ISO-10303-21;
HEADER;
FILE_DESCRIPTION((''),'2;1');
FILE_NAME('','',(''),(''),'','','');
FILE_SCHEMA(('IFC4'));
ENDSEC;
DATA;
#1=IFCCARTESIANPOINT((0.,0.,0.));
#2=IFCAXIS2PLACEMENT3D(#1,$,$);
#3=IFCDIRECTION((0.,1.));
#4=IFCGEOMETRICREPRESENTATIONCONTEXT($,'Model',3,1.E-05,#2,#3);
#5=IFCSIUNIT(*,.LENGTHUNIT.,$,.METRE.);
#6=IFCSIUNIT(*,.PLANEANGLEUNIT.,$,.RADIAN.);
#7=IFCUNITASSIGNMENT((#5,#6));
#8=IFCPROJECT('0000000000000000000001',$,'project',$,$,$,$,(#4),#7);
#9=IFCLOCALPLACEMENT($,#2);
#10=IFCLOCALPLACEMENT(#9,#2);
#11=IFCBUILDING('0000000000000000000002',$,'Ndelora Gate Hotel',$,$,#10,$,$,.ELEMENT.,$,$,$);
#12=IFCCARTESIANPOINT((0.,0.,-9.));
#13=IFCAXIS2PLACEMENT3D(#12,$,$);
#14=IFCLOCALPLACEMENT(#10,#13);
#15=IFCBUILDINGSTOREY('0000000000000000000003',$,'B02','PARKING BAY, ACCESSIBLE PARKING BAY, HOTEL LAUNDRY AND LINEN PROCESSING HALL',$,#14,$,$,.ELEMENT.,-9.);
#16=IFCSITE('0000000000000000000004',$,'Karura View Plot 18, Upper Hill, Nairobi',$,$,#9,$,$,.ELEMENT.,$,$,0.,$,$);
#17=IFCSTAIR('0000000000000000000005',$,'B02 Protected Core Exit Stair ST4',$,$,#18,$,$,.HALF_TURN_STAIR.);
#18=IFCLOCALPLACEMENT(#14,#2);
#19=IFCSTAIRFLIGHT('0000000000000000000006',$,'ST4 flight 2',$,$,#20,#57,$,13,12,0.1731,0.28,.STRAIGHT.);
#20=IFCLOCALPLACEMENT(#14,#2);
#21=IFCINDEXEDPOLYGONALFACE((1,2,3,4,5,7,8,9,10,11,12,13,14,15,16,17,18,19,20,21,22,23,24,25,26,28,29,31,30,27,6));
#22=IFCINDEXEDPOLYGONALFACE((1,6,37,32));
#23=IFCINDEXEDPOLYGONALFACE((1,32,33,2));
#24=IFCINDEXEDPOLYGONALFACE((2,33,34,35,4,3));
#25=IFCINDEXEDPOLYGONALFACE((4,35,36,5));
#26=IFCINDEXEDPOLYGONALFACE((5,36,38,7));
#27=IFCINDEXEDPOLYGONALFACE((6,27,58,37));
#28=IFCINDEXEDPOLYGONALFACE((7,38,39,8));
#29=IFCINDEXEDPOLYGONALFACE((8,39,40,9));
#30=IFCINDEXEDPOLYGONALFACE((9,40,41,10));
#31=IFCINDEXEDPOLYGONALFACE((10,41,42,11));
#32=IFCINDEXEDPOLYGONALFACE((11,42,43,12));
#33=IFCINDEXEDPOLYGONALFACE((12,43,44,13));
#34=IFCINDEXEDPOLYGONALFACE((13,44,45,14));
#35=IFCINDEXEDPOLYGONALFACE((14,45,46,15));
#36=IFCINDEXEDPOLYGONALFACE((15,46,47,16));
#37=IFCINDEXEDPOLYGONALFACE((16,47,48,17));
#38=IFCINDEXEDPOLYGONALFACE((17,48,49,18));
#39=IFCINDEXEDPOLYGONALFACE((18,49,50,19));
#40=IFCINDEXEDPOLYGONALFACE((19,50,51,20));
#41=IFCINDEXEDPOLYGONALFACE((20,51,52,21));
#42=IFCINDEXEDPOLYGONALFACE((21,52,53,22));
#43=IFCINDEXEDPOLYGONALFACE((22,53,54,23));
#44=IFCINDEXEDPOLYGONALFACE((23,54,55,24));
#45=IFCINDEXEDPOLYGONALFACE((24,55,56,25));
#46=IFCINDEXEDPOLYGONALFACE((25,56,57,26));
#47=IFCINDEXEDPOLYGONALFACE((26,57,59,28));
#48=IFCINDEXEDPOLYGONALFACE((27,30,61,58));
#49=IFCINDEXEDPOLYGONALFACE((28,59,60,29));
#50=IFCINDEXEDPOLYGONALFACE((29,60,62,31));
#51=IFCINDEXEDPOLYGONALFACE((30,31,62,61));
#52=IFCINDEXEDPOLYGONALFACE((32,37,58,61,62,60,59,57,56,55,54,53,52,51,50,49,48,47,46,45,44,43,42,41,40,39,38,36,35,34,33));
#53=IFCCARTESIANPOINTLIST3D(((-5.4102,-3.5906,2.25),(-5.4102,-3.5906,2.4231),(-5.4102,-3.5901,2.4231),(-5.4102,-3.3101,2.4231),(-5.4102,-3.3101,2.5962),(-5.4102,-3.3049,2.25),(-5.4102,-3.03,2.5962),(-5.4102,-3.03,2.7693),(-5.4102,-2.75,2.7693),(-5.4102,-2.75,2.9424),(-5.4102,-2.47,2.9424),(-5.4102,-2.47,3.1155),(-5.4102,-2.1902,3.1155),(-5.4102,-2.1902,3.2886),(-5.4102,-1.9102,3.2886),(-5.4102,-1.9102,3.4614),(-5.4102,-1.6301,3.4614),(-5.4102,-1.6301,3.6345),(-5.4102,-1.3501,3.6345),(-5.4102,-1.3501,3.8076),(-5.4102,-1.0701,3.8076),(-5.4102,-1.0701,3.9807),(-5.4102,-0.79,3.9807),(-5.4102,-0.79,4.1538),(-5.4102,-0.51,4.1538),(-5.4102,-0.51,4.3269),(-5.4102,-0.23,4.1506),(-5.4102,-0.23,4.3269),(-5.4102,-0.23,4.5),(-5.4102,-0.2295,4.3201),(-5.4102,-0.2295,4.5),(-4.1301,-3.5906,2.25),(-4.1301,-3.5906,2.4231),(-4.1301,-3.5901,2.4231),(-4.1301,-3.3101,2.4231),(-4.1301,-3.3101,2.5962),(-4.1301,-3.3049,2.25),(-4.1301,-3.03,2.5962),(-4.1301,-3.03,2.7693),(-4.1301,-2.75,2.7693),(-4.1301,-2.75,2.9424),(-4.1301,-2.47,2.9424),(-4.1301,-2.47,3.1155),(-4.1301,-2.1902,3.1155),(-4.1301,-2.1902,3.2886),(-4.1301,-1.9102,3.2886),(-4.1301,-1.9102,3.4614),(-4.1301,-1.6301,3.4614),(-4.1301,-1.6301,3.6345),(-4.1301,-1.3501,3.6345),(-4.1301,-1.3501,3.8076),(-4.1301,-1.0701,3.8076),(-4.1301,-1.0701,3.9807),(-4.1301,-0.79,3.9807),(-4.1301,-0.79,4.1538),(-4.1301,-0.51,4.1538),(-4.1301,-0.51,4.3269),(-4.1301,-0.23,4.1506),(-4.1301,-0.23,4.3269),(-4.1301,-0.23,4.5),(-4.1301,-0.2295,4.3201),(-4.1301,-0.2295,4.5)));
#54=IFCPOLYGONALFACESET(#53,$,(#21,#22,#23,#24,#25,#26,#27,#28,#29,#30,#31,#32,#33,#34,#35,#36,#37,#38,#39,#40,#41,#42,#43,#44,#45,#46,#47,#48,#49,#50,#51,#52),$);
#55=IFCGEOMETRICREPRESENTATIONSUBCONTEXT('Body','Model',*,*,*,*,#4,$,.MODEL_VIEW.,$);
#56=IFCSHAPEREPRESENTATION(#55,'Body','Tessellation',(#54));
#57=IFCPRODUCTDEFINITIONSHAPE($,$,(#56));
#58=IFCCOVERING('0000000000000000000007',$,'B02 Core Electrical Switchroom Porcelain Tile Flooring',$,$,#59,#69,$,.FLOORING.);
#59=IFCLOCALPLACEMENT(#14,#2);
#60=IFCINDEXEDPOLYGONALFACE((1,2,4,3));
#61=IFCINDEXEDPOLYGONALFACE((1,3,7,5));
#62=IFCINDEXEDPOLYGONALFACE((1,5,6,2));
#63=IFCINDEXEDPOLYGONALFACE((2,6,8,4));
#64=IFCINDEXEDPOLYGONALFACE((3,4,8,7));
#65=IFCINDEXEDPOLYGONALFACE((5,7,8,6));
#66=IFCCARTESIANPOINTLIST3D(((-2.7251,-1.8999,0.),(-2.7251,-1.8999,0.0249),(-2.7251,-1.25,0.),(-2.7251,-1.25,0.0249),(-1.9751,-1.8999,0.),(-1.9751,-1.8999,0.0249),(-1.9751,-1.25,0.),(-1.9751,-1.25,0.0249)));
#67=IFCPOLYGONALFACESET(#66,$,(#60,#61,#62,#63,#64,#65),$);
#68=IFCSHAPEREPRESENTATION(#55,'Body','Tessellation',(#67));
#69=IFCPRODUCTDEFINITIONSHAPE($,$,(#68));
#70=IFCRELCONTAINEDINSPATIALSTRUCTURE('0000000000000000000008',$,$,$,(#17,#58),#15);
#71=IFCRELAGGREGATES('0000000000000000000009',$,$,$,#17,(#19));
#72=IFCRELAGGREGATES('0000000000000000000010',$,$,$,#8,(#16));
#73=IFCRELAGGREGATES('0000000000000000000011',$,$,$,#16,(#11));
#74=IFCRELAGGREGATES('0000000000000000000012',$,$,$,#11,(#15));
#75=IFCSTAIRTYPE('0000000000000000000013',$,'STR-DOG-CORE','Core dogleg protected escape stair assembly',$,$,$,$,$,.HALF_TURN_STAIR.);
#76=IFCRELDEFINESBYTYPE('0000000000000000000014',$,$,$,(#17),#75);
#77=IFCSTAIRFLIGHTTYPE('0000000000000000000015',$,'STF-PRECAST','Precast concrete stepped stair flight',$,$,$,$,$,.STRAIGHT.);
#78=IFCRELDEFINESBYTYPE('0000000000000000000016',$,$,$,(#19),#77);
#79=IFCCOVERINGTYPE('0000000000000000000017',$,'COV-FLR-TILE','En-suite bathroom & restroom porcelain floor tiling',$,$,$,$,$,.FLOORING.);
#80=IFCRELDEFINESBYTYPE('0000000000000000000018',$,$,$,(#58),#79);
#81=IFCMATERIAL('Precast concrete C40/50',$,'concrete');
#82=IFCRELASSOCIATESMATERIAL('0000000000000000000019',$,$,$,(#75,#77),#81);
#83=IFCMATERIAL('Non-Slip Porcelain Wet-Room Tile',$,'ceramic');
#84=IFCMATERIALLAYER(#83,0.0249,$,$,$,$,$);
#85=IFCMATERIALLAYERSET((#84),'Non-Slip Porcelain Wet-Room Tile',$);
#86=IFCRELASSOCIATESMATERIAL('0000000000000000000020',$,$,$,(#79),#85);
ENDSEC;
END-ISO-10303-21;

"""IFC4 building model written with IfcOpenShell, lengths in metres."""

from ifc_helpers import new_model, si_unit, direction, frame, origin, origin_2d, place, context, subcontext, project, spatial, polyline, rectangle, outline, extrude, material, layer, layer_set, type_object, element, aggregate, save


model = new_model("IFC4")

# Units and contexts
model_context = context("Model", 3, precision=1e-05, world=origin(), true_north=direction((0.0, 1.0)))
body_context = subcontext(model_context, "Body", "Model", "MODEL_VIEW")
ifc_project = project(units=[si_unit("LENGTHUNIT", "METRE"), si_unit("PLANEANGLEUNIT", "RADIAN")], contexts=[model_context])

# Site, building, storey
site_placement = place(None, origin())
site = spatial("IfcSite", under=ifc_project, at=site_placement, Name="Karura View Plot 18, Upper Hill, Nairobi", CompositionType="ELEMENT", RefElevation=0.0)
building_placement = place(site_placement, origin())
building = spatial("IfcBuilding", under=site, at=building_placement, Name="Ndelora Gate Hotel", CompositionType="ELEMENT")
storey_placement = place(building_placement, frame((0.0, 0.0, -9.0)))
storey = spatial("IfcBuildingStorey", under=building, at=storey_placement, Name="B02", Description="PARKING BAY, ACCESSIBLE PARKING BAY, HOTEL LAUNDRY AND LINEN PROCESSING HALL", CompositionType="ELEMENT", Elevation=-9.0)

# Stair, stair flight
ifc_material_1 = material(Name="Precast concrete C40/50", Category="concrete")
stair_type = type_object("IfcStairType", Name="STR-DOG-CORE", Description="Core dogleg protected escape stair assembly", PredefinedType="HALF_TURN_STAIR", material=ifc_material_1)
stair_placement = place(storey_placement, origin())
stair = element("IfcStair", 1, at=stair_placement, inside=storey, type_object=stair_type, Name="B02 Protected Core Exit Stair ST4", PredefinedType="HALF_TURN_STAIR")
stair_flight_type = type_object("IfcStairFlightType", Name="STF-PRECAST", Description="Precast concrete stepped stair flight", PredefinedType="STRAIGHT", material=ifc_material_1)
stair_flight_1_placement = place(storey_placement, frame((-4.77, -3.5901, 2.25), z_axis=(0.0, 0.0, 1.0), x_axis=(0.0, 1.0, 0.0)))
stair_flight_1 = element("IfcStairFlight", 2, at=stair_flight_1_placement, type_object=stair_flight_type, Name="ST4 flight 2", NumberOfRisers=13, NumberOfTreads=12, PredefinedType="STRAIGHT", RiserHeight=0.1731, TreadLength=0.28, context=body_context, shape_type="SweptSolid", body=[
    extrude(outline(polyline([(-0.0005, 0.0), (-0.0005, 0.1731), (0.0, 0.1731), (0.28, 0.1731), (0.28, 0.3462), (0.5601, 0.3462), (0.5601, 0.5193), (0.8401, 0.5193), (0.8401, 0.6924), (1.1201, 0.6924), (1.1201, 0.8655), (1.3999, 0.8655), (1.3999, 1.0386), (1.6799, 1.0386), (1.6799, 1.2114), (1.96, 1.2114), (1.96, 1.3845), (2.24, 1.3845), (2.24, 1.5576), (2.52, 1.5576), (2.52, 1.7307), (2.8, 1.7307), (2.8, 1.9038), (3.0801, 1.9038), (3.0801, 2.0769), (3.3601, 2.0769), (3.3601, 2.25), (3.3606, 2.25), (3.3606, 2.0701), (3.3601, 1.9006), (0.2852, 0.0), (-0.0005, 0.0)])), frame((0.0, 0.6401, 0.0), z_axis=(0.0, -1.0, 0.0), x_axis=(1.0, 0.0, 0.0)), (0.0, 0.0, 1.0), 1.28),
])
aggregate(stair, [stair_flight_1])

# Covering
ifc_material_2 = material(Name="Non-Slip Porcelain Wet-Room Tile", Category="ceramic")
ifc_layer_1 = layer(ifc_material_2, 0.0249)
ifc_layer_set_1 = layer_set([ifc_layer_1], Name="Non-Slip Porcelain Wet-Room Tile")
covering_type = type_object("IfcCoveringType", Name="COV-FLR-TILE", Description="En-suite bathroom & restroom porcelain floor tiling", PredefinedType="FLOORING", material=ifc_layer_set_1)
covering_placement = place(storey_placement, frame((-2.3501, -1.575, 0.0), z_axis=(0.0, 0.0, 1.0), x_axis=(1.0, 0.0, 0.0)))
element("IfcCovering", 3, at=covering_placement, inside=storey, type_object=covering_type, Name="B02 Core Electrical Switchroom Porcelain Tile Flooring", PredefinedType="FLOORING", context=body_context, shape_type="SweptSolid", body=[
    extrude(rectangle(XDim=0.75, YDim=0.6499, at=origin_2d()), origin(), (0.0, 0.0, 1.0), 0.0249),
])

save(model, "model.ifc")
